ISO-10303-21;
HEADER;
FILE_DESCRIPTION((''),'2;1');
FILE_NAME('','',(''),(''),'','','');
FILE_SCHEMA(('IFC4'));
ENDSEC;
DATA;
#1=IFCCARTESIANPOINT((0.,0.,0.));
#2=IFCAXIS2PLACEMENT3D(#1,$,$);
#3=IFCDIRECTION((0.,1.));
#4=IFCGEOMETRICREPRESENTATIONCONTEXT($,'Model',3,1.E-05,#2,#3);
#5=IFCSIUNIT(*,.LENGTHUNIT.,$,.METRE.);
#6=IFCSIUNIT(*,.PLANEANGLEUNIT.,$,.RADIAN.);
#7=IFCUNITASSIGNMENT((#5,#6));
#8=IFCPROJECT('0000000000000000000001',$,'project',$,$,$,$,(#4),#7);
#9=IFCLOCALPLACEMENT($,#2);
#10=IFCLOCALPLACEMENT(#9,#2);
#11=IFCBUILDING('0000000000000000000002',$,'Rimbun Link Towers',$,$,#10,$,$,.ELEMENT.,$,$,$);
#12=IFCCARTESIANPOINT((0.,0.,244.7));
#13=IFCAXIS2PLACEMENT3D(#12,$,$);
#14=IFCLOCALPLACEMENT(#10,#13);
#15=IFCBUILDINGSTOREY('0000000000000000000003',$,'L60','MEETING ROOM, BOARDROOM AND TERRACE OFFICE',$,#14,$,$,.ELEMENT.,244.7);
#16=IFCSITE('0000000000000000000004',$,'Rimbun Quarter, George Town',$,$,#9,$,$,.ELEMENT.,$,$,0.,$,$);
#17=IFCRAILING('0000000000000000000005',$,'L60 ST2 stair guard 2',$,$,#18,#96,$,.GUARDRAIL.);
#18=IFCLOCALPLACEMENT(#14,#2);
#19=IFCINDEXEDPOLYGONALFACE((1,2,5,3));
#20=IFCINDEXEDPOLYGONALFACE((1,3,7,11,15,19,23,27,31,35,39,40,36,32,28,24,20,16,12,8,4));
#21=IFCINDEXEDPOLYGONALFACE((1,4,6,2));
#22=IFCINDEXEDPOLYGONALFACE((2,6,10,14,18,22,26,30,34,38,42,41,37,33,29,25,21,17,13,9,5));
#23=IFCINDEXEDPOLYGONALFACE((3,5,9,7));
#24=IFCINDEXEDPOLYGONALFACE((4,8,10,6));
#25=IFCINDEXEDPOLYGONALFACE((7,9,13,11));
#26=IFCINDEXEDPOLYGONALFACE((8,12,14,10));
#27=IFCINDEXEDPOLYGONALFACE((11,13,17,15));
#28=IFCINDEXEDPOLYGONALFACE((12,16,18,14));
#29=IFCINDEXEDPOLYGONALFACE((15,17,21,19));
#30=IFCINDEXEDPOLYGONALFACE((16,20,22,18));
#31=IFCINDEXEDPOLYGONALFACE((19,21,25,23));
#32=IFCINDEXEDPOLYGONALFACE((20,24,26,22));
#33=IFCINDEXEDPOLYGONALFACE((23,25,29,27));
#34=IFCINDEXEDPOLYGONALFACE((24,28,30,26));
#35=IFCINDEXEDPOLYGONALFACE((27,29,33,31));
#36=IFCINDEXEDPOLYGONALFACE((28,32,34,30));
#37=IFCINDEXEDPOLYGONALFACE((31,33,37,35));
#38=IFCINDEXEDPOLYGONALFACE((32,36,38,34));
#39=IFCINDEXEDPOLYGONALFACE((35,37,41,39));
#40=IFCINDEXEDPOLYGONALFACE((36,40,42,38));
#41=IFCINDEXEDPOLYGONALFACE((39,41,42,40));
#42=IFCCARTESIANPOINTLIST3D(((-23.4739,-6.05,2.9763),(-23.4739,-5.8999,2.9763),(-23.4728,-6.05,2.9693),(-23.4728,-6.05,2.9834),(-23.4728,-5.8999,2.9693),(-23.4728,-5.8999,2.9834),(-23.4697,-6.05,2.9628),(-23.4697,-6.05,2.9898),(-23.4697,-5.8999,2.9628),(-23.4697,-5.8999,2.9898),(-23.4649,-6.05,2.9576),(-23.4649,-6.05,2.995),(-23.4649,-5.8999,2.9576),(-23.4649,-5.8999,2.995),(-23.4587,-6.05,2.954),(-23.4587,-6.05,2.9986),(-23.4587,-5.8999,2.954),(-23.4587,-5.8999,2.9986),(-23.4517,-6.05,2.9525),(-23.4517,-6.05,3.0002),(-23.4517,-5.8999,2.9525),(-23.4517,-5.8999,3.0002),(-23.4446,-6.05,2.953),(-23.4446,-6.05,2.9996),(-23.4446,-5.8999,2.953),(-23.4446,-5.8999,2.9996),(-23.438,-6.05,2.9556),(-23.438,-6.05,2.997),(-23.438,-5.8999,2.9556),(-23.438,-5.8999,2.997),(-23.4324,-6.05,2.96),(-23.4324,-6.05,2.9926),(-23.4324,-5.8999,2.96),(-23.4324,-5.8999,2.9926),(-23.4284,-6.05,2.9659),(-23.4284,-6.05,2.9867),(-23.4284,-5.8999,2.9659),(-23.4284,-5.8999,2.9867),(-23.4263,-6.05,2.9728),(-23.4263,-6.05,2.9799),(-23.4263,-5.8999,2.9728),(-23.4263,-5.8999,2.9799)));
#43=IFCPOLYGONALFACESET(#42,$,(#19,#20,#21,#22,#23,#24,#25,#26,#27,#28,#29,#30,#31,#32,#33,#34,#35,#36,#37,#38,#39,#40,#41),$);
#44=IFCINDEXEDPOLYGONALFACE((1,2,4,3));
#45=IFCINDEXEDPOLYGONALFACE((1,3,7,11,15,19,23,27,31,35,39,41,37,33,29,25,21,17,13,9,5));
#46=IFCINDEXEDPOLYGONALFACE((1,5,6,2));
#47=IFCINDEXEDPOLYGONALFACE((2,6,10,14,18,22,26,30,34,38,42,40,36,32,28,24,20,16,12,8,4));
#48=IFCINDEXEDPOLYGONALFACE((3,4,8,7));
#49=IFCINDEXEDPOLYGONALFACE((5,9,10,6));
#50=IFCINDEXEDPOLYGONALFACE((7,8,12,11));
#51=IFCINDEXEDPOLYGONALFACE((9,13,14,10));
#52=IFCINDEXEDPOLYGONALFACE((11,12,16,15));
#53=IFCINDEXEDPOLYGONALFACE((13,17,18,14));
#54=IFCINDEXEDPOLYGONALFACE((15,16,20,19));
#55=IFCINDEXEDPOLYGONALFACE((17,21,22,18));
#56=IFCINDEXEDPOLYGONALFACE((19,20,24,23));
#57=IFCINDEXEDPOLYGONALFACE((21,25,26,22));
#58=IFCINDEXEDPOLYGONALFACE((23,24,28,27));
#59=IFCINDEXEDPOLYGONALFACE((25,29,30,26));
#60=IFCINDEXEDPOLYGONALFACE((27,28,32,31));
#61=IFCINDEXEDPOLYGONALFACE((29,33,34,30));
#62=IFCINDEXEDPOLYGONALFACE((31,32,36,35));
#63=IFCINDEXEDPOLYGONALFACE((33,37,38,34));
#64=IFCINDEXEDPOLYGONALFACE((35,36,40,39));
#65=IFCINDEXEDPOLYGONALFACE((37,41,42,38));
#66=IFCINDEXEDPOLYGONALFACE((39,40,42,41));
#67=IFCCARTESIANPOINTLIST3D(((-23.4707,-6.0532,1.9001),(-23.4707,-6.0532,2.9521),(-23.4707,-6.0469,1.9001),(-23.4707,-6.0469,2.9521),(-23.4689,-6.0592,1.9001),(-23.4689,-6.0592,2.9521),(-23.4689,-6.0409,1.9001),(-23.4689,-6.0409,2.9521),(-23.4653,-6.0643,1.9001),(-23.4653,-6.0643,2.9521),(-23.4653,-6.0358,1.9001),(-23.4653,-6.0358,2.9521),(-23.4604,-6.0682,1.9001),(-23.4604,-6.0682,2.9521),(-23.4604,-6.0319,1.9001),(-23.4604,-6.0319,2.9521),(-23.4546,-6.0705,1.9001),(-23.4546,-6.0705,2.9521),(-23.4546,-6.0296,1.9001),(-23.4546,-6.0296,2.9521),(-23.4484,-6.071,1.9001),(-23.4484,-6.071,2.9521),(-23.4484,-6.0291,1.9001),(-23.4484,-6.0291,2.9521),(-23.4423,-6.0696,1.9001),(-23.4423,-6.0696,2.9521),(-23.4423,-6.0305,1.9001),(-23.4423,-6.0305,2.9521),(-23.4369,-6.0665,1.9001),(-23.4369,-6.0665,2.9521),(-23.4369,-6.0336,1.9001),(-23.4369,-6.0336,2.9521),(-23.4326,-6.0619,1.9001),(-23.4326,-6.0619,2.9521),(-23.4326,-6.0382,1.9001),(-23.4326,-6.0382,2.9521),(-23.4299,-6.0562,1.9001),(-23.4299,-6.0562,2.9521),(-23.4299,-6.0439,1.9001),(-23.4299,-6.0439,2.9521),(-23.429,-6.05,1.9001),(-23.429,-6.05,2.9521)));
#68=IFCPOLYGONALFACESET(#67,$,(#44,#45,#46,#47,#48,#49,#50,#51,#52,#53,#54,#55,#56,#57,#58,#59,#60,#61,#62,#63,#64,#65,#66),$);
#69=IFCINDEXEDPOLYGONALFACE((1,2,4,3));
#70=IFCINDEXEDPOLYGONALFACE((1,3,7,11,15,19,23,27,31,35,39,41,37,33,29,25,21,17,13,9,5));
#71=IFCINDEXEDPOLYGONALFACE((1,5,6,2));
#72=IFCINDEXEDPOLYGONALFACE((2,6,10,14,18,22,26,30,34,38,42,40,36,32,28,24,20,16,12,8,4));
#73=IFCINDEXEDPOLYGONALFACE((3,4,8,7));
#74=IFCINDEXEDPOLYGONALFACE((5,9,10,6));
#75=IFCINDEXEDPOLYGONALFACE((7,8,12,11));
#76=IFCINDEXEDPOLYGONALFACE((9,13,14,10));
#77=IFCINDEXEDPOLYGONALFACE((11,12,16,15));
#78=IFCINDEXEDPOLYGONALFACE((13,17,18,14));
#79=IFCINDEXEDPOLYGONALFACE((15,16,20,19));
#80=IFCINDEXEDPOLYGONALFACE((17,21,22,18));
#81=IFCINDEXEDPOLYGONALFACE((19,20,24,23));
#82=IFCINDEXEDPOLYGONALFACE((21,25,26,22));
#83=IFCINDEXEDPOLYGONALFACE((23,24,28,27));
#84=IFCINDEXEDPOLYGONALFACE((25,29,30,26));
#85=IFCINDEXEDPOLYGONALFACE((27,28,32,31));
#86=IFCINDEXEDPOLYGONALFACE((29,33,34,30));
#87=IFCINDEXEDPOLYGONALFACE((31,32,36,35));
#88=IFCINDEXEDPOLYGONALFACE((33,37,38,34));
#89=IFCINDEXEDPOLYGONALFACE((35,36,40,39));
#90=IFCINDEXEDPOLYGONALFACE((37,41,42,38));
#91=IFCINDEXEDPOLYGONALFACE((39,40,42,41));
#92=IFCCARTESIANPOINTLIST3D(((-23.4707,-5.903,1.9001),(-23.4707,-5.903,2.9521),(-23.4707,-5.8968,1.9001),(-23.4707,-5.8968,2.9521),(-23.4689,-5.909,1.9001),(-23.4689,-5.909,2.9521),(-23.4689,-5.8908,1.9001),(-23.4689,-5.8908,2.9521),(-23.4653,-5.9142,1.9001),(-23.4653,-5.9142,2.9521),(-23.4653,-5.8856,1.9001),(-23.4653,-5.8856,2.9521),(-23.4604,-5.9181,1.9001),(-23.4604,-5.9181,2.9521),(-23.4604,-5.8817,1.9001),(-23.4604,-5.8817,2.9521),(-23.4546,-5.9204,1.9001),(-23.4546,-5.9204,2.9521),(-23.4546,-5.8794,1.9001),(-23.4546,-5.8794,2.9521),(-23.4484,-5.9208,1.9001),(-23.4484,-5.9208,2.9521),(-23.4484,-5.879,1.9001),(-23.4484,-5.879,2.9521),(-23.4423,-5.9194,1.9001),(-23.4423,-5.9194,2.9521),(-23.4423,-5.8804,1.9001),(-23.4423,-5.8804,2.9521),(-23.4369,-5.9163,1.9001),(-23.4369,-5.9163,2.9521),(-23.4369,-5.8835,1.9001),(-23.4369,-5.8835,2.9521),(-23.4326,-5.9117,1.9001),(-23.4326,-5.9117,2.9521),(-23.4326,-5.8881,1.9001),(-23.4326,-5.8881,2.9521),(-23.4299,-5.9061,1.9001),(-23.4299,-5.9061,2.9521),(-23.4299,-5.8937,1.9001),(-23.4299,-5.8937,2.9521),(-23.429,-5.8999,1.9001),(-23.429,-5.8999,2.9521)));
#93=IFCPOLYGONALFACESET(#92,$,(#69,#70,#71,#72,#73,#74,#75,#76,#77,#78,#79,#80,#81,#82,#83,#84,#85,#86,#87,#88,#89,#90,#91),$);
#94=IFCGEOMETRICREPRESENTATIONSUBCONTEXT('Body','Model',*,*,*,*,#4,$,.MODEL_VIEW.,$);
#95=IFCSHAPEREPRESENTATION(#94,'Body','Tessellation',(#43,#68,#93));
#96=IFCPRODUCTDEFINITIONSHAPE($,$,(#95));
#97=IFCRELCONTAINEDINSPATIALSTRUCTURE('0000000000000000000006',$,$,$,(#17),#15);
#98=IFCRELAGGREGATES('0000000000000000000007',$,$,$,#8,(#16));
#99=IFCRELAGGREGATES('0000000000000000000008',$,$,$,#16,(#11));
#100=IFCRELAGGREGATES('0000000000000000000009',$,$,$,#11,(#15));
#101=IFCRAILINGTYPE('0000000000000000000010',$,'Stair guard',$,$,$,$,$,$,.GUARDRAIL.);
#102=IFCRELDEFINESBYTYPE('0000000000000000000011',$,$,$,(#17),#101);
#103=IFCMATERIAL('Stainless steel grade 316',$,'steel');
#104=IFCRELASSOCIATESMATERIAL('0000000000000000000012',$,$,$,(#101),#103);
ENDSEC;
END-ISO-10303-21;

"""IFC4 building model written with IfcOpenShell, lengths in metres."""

from ifc_helpers import new_model, si_unit, direction, frame, origin, origin_2d, place, context, subcontext, project, spatial, circle, extrude, material, type_object, element, save


model = new_model("IFC4")

# Units and contexts
model_context = context("Model", 3, precision=1e-05, world=origin(), true_north=direction((0.0, 1.0)))
body_context = subcontext(model_context, "Body", "Model", "MODEL_VIEW")
ifc_project = project(units=[si_unit("LENGTHUNIT", "METRE"), si_unit("PLANEANGLEUNIT", "RADIAN")], contexts=[model_context])

# Site, building, storey
site_placement = place(None, origin())
site = spatial("IfcSite", under=ifc_project, at=site_placement, Name="Rimbun Quarter, George Town", CompositionType="ELEMENT", RefElevation=0.0)
building_placement = place(site_placement, origin())
building = spatial("IfcBuilding", under=site, at=building_placement, Name="Rimbun Link Towers", CompositionType="ELEMENT")
storey_placement = place(building_placement, frame((0.0, 0.0, 244.7)))
storey = spatial("IfcBuildingStorey", under=building, at=storey_placement, Name="L60", Description="MEETING ROOM, BOARDROOM AND TERRACE OFFICE", CompositionType="ELEMENT", Elevation=244.7)

# Railing
ifc_material_1 = material(Name="Stainless steel grade 316", Category="steel")
railing_type_1 = type_object("IfcRailingType", Name="Stair guard", PredefinedType="GUARDRAIL", material=ifc_material_1)
railing_1_placement = place(storey_placement, frame((-23.45, -6.05, 1.9001)))
element("IfcRailing", 1, at=railing_1_placement, inside=storey, type_object=railing_type_1, Name="L60 ST2 stair guard 2", PredefinedType="GUARDRAIL", context=body_context, shape_type="SweptSolid", body=[
    extrude(circle(Radius=0.0239, at=origin_2d()), frame((0.0, 0.0, 1.0762), z_axis=(0.0, 1.0, 0.0), x_axis=(-1.0, 0.0, 0.0)), (0.0, 0.0, 1.0), 0.1501),
    extrude(circle(Radius=0.021, at=origin_2d()), origin(), (0.0, 0.0, 1.0), 1.052),
    extrude(circle(Radius=0.021, at=origin_2d()), frame((0.0, 0.1501, 0.0)), (0.0, 0.0, 1.0), 1.052),
])

save(model, "model.ifc")
